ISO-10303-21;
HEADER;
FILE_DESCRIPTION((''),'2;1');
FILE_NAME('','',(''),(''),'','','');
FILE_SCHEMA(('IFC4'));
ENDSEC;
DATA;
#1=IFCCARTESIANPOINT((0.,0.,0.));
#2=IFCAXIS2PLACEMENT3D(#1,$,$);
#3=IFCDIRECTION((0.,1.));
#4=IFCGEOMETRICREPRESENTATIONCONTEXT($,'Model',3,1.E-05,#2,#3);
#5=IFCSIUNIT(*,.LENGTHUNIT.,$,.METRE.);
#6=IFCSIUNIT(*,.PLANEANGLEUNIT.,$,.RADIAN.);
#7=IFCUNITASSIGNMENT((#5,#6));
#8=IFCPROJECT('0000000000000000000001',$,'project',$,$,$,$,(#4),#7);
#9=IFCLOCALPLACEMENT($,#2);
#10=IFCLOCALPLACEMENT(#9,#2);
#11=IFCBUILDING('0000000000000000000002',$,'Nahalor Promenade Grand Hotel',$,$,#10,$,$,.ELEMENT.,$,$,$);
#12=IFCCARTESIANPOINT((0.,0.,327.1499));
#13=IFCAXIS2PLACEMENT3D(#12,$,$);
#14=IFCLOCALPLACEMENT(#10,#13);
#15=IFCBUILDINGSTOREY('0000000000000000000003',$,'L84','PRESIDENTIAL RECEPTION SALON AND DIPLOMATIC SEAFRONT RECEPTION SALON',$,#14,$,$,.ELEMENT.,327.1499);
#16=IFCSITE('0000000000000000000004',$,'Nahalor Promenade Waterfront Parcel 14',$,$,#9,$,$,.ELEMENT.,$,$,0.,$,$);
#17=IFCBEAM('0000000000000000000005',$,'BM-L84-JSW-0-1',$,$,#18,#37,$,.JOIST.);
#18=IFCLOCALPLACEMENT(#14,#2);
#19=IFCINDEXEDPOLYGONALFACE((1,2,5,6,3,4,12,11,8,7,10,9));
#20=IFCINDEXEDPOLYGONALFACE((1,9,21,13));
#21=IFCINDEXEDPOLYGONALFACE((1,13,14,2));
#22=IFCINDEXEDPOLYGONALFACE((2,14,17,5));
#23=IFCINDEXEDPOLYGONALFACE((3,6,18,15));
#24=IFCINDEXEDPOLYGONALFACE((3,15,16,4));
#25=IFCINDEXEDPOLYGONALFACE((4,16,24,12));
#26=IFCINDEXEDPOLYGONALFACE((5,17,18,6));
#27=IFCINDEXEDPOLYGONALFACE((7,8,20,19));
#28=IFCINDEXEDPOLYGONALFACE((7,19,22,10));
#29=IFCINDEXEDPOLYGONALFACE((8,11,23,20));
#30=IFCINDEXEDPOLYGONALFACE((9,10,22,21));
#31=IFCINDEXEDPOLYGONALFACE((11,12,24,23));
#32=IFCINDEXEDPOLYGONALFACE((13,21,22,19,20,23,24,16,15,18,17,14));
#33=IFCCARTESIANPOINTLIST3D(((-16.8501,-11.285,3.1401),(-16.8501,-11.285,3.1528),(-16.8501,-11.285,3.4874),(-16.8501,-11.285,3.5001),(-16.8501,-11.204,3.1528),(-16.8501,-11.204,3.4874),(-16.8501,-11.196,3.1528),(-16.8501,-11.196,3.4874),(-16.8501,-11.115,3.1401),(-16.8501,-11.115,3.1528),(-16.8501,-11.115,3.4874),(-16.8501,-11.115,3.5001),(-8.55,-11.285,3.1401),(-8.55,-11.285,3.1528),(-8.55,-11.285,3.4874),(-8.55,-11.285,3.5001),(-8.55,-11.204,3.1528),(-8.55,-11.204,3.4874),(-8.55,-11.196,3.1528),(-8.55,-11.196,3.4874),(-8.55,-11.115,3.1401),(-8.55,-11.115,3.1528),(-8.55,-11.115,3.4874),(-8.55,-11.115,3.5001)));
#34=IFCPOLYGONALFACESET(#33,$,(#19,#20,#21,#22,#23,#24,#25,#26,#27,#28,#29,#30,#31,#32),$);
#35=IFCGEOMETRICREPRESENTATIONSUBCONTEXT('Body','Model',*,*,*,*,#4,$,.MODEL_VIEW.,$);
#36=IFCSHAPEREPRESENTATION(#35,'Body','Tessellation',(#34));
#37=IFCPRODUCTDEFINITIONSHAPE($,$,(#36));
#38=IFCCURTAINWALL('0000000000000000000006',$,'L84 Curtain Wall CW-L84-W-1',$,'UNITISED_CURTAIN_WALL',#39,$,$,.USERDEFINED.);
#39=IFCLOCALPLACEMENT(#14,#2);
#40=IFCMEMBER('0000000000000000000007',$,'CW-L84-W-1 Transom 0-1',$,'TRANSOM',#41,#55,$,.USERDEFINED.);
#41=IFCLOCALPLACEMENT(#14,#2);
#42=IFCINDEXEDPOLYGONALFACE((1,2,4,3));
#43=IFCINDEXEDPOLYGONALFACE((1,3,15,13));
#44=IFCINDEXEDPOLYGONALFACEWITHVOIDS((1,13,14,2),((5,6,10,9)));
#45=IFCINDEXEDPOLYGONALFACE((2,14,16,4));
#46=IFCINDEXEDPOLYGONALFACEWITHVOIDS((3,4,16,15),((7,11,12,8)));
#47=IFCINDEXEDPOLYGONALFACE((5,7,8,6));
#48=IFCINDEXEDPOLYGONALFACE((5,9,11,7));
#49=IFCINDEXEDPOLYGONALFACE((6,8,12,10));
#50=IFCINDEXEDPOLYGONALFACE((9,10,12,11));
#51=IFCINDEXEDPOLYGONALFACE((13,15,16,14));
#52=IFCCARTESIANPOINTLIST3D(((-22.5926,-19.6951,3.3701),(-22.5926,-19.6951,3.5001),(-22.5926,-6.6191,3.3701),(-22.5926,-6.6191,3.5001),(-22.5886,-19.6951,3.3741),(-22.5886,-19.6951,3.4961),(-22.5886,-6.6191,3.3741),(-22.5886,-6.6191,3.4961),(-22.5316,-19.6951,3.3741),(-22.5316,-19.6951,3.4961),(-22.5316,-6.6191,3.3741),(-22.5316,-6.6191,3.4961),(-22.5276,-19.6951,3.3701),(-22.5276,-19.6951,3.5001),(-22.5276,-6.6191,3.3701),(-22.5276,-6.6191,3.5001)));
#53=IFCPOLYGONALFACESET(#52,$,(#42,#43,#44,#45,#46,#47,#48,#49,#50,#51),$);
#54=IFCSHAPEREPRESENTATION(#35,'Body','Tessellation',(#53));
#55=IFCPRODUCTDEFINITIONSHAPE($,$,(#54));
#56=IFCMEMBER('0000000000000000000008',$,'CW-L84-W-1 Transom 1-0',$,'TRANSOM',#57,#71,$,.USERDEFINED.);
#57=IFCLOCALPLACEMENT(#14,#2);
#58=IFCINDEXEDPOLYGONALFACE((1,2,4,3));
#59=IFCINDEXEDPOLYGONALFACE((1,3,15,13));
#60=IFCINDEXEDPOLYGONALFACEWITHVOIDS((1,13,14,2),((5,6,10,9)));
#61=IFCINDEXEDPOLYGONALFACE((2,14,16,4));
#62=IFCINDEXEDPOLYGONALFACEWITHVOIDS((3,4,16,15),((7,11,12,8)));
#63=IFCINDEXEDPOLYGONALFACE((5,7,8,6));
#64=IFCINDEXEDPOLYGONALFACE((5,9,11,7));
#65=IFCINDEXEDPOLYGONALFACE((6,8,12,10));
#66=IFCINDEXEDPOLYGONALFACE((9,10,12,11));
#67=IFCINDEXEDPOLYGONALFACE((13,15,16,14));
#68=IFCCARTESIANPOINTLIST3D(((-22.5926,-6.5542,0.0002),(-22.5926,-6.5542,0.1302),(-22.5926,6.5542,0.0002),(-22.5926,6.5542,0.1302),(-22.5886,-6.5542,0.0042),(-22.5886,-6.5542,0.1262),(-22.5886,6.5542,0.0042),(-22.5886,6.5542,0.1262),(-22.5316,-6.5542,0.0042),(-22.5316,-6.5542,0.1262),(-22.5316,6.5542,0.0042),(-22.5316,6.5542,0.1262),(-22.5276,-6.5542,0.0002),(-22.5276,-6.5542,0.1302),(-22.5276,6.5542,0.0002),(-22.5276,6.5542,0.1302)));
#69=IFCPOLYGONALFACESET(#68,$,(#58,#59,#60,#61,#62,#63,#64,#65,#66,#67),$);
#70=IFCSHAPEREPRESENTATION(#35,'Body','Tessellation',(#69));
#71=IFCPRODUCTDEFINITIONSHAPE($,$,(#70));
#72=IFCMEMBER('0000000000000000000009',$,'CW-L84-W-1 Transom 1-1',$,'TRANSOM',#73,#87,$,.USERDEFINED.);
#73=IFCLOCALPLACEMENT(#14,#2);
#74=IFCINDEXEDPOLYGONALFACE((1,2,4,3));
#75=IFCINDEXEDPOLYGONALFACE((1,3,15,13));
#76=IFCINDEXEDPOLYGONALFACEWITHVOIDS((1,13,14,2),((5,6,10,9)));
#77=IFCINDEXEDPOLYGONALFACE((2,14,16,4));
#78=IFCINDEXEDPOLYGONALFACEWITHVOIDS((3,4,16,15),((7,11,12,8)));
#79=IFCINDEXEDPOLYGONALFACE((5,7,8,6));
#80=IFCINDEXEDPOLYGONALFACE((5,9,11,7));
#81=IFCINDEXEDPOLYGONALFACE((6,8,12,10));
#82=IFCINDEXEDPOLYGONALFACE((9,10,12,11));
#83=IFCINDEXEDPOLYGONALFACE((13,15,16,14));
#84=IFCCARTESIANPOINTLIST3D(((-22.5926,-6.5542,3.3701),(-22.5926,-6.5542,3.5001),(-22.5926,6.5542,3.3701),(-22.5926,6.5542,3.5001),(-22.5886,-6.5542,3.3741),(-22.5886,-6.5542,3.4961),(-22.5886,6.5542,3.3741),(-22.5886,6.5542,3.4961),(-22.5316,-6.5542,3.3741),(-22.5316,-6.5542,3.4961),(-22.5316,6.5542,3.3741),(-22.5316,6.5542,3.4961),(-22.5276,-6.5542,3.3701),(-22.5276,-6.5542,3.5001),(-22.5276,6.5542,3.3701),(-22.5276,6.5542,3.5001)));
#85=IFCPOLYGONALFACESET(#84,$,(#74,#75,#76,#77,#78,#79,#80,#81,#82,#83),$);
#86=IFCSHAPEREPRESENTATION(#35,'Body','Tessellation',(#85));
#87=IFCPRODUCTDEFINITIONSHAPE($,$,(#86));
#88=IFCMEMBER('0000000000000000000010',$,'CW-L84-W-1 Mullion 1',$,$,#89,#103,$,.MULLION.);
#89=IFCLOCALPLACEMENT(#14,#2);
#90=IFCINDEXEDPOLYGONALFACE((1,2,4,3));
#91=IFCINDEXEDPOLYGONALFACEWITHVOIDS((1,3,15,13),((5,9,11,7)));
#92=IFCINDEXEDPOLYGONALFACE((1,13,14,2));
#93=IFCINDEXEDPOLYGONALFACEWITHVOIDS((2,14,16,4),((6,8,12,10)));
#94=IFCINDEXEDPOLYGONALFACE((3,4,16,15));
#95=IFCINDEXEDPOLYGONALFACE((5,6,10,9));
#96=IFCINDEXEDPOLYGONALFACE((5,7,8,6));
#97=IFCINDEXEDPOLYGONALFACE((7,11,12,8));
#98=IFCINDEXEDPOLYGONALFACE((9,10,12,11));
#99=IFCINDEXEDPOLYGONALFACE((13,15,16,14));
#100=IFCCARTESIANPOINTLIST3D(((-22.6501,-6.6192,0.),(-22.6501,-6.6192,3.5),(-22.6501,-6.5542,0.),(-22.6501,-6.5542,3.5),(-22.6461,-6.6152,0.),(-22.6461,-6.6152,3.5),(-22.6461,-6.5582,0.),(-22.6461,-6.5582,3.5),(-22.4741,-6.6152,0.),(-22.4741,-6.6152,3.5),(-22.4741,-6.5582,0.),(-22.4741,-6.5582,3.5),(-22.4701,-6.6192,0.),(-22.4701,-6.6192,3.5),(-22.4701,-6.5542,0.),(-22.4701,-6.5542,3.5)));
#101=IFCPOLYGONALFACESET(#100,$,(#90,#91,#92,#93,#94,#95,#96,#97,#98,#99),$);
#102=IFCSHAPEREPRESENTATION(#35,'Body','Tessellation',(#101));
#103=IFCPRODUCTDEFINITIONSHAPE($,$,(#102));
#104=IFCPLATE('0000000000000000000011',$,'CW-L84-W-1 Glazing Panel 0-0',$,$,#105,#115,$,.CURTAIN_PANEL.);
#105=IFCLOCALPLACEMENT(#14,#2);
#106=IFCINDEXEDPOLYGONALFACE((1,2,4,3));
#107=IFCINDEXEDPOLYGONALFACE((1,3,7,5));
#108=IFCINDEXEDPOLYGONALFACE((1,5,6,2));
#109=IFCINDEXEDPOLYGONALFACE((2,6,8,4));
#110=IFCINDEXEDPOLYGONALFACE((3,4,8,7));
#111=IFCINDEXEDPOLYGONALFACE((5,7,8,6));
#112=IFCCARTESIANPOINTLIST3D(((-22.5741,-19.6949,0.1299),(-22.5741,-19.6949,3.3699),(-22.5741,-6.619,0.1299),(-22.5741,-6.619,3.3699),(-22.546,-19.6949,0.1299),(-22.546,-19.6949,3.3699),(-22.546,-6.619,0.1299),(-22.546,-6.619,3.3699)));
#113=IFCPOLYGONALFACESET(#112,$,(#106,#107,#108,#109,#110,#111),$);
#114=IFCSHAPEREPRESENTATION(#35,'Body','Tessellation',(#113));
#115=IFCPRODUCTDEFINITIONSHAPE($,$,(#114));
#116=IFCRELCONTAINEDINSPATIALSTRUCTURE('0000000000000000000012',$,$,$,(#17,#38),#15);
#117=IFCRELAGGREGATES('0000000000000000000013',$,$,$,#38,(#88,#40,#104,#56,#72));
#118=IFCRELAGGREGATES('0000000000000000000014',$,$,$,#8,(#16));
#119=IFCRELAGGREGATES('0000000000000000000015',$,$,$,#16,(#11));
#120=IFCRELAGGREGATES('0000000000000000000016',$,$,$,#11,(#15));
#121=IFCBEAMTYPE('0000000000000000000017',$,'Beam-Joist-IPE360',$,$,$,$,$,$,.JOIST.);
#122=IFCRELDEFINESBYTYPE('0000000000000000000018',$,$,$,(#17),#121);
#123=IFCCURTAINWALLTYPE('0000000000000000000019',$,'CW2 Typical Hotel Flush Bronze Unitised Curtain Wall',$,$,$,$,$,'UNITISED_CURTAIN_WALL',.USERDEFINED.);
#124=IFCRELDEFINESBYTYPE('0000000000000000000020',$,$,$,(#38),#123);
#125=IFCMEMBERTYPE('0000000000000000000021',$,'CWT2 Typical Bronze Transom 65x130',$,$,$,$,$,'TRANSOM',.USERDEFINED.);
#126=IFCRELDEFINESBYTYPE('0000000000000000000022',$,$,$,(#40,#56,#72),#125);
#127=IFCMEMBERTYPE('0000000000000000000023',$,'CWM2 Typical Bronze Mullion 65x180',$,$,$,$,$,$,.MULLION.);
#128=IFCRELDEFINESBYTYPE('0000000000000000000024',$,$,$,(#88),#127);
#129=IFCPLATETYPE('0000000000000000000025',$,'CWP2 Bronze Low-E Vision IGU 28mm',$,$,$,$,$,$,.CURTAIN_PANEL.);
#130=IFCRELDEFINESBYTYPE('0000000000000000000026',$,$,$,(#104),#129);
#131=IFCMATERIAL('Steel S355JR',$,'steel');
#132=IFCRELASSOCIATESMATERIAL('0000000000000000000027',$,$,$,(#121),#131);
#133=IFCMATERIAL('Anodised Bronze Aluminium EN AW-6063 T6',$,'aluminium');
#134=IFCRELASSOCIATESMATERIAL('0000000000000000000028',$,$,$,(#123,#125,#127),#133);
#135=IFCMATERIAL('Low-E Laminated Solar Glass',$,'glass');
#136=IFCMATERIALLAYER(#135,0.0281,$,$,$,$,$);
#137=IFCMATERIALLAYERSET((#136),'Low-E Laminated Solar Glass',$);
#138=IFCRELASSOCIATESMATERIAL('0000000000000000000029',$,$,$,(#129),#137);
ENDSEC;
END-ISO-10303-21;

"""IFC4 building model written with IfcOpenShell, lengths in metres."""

from ifc_helpers import new_model, si_unit, direction, frame, origin, origin_2d, place, context, subcontext, project, spatial, rectangle, hollow_rectangle, i_section, extrude, source, transform, mapped, material, layer, layer_set, material_profile, profile_set, type_object, element, aggregate, save


model = new_model("IFC4")

# Units and contexts
model_context = context("Model", 3, precision=1e-05, world=origin(), true_north=direction((0.0, 1.0)))
body_context = subcontext(model_context, "Body", "Model", "MODEL_VIEW")
ifc_project = project(units=[si_unit("LENGTHUNIT", "METRE"), si_unit("PLANEANGLEUNIT", "RADIAN")], contexts=[model_context])

# Site, building, storey
site_placement = place(None, origin())
site = spatial("IfcSite", under=ifc_project, at=site_placement, Name="Nahalor Promenade Waterfront Parcel 14", CompositionType="ELEMENT", RefElevation=0.0)
building_placement = place(site_placement, origin())
building = spatial("IfcBuilding", under=site, at=building_placement, Name="Nahalor Promenade Grand Hotel", CompositionType="ELEMENT")
storey_placement = place(building_placement, frame((0.0, 0.0, 327.1499)))
storey = spatial("IfcBuildingStorey", under=building, at=storey_placement, Name="L84", Description="PRESIDENTIAL RECEPTION SALON AND DIPLOMATIC SEAFRONT RECEPTION SALON", CompositionType="ELEMENT", Elevation=327.1499)

# Shared definitions
ifc_material_1 = material(Name="Steel S355JR", Category="steel")

# Beam
ifc_material_profile_1 = material_profile(ifc_material_1, i_section(OverallWidth=0.17, OverallDepth=0.36, WebThickness=0.008, FlangeThickness=0.0127, at=origin_2d()), Name="IPE 360")
ifc_profile_set_1 = profile_set([ifc_material_profile_1], Name="Steel S355JR")
beam_type_1 = type_object("IfcBeamType", Name="Beam-Joist-IPE360", PredefinedType="JOIST", material=ifc_profile_set_1)
shared_shape_1 = source(origin(), body_context, "Body", "SweptSolid", [
    extrude(i_section(OverallWidth=0.17, OverallDepth=0.36, WebThickness=0.008, FlangeThickness=0.0127, at=origin_2d()), origin(), (0.0, 0.0, 1.0), 8.3),
])
beam_1_placement = place(storey_placement, frame((-16.8501, -11.2, 3.3201), z_axis=(1.0, 0.0, 0.0), x_axis=(0.0, 1.0, 0.0)))
element("IfcBeam", 1, at=beam_1_placement, inside=storey, type_object=beam_type_1, Name="BM-L84-JSW-0-1", PredefinedType="JOIST", context=body_context, shape_type="MappedRepresentation", body=[
    mapped(shared_shape_1, transform((0.0, 0.0, 0.0), scale=1.0)),
])

# Curtain wall, members, plate
ifc_material_2 = material(Name="Anodised Bronze Aluminium EN AW-6063 T6", Category="aluminium")
curtain_wall_type = type_object("IfcCurtainWallType", Name="CW2 Typical Hotel Flush Bronze Unitised Curtain Wall", ElementType="UNITISED_CURTAIN_WALL", PredefinedType="USERDEFINED", material=ifc_material_2)
curtain_wall_placement = place(storey_placement, origin())
curtain_wall = element("IfcCurtainWall", 2, at=curtain_wall_placement, inside=storey, type_object=curtain_wall_type, Name="L84 Curtain Wall CW-L84-W-1", ObjectType="UNITISED_CURTAIN_WALL", PredefinedType="USERDEFINED")
ifc_material_profile_2 = material_profile(ifc_material_2, hollow_rectangle(XDim=0.065, YDim=0.13, WallThickness=0.004, at=origin_2d()), Name="CWT 65x130x4")
ifc_profile_set_2 = profile_set([ifc_material_profile_2], Name="Anodised Bronze Aluminium EN AW-6063 T6")
member_type_1 = type_object("IfcMemberType", Name="CWT2 Typical Bronze Transom 65x130", ElementType="TRANSOM", PredefinedType="USERDEFINED", material=ifc_profile_set_2)
shared_shape_2 = source(origin(), body_context, "Body", "SweptSolid", [
    extrude(hollow_rectangle(XDim=0.065, YDim=0.13, WallThickness=0.004, at=origin_2d()), origin(), (0.0, 0.0, 1.0), 13.0759),
])
member_1_placement = place(storey_placement, frame((-22.5601, -19.6951, 3.4351), z_axis=(0.0, 1.0, 0.0), x_axis=(-1.0, 0.0, 0.0)))
member_1 = element("IfcMember", 3, at=member_1_placement, type_object=member_type_1, Name="CW-L84-W-1 Transom 0-1", ObjectType="TRANSOM", PredefinedType="USERDEFINED", context=body_context, shape_type="MappedRepresentation", body=[
    mapped(shared_shape_2, transform((0.0, 0.0, 0.0), scale=1.0)),
])
shared_shape_3 = source(origin(), body_context, "Body", "SweptSolid", [
    extrude(hollow_rectangle(XDim=0.065, YDim=0.13, WallThickness=0.004, at=origin_2d()), origin(), (0.0, 0.0, 1.0), 13.1084),
])
member_2_placement = place(storey_placement, frame((-22.5601, -6.5542, 0.0652), z_axis=(0.0, 1.0, 0.0), x_axis=(-1.0, 0.0, 0.0)))
member_2 = element("IfcMember", 4, at=member_2_placement, type_object=member_type_1, Name="CW-L84-W-1 Transom 1-0", ObjectType="TRANSOM", PredefinedType="USERDEFINED", context=body_context, shape_type="MappedRepresentation", body=[
    mapped(shared_shape_3, transform((0.0, 0.0, 0.0), scale=1.0)),
])
member_3_placement = place(storey_placement, frame((-22.5601, -6.5542, 3.4351), z_axis=(0.0, 1.0, 0.0), x_axis=(-1.0, 0.0, 0.0)))
member_3 = element("IfcMember", 5, at=member_3_placement, type_object=member_type_1, Name="CW-L84-W-1 Transom 1-1", ObjectType="TRANSOM", PredefinedType="USERDEFINED", context=body_context, shape_type="MappedRepresentation", body=[
    mapped(shared_shape_3, transform((0.0, 0.0, 0.0), scale=1.0)),
])
ifc_material_profile_3 = material_profile(ifc_material_2, hollow_rectangle(XDim=0.065, YDim=0.18, WallThickness=0.004, at=origin_2d()), Name="CWM 65x180x4")
ifc_profile_set_3 = profile_set([ifc_material_profile_3], Name="Anodised Bronze Aluminium EN AW-6063 T6")
member_type_2 = type_object("IfcMemberType", Name="CWM2 Typical Bronze Mullion 65x180", PredefinedType="MULLION", material=ifc_profile_set_3)
shared_shape_4 = source(origin(), body_context, "Body", "SweptSolid", [
    extrude(hollow_rectangle(XDim=0.065, YDim=0.18, WallThickness=0.004, at=origin_2d()), origin(), (0.0, 0.0, 1.0), 3.5),
])
member_4_placement = place(storey_placement, frame((-22.5601, -6.5867, 0.0), z_axis=(0.0, 0.0, 1.0), x_axis=(0.0, 1.0, 0.0)))
member_4 = element("IfcMember", 6, at=member_4_placement, type_object=member_type_2, Name="CW-L84-W-1 Mullion 1", PredefinedType="MULLION", context=body_context, shape_type="MappedRepresentation", body=[
    mapped(shared_shape_4, transform((0.0, 0.0, 0.0), scale=1.0)),
])
ifc_material_3 = material(Name="Low-E Laminated Solar Glass", Category="glass")
ifc_layer = layer(ifc_material_3, 0.0281)
ifc_layer_set = layer_set([ifc_layer], Name="Low-E Laminated Solar Glass")
plate_type = type_object("IfcPlateType", Name="CWP2 Bronze Low-E Vision IGU 28mm", PredefinedType="CURTAIN_PANEL", material=ifc_layer_set)
shared_shape_5 = source(origin(), body_context, "Body", "SweptSolid", [
    extrude(rectangle(XDim=13.0759, YDim=0.0281, at=origin_2d()), origin(), (0.0, 0.0, 1.0), 3.24),
])
plate_placement = place(storey_placement, frame((-22.5601, -13.157, 0.1299), z_axis=(0.0, 0.0, 1.0), x_axis=(0.0, 1.0, 0.0)))
plate = element("IfcPlate", 7, at=plate_placement, type_object=plate_type, Name="CW-L84-W-1 Glazing Panel 0-0", PredefinedType="CURTAIN_PANEL", context=body_context, shape_type="MappedRepresentation", body=[
    mapped(shared_shape_5, transform((0.0, 0.0, 0.0), scale=1.0)),
])
aggregate(curtain_wall, [member_4, member_1, plate, member_2, member_3])

save(model, "model.ifc")
